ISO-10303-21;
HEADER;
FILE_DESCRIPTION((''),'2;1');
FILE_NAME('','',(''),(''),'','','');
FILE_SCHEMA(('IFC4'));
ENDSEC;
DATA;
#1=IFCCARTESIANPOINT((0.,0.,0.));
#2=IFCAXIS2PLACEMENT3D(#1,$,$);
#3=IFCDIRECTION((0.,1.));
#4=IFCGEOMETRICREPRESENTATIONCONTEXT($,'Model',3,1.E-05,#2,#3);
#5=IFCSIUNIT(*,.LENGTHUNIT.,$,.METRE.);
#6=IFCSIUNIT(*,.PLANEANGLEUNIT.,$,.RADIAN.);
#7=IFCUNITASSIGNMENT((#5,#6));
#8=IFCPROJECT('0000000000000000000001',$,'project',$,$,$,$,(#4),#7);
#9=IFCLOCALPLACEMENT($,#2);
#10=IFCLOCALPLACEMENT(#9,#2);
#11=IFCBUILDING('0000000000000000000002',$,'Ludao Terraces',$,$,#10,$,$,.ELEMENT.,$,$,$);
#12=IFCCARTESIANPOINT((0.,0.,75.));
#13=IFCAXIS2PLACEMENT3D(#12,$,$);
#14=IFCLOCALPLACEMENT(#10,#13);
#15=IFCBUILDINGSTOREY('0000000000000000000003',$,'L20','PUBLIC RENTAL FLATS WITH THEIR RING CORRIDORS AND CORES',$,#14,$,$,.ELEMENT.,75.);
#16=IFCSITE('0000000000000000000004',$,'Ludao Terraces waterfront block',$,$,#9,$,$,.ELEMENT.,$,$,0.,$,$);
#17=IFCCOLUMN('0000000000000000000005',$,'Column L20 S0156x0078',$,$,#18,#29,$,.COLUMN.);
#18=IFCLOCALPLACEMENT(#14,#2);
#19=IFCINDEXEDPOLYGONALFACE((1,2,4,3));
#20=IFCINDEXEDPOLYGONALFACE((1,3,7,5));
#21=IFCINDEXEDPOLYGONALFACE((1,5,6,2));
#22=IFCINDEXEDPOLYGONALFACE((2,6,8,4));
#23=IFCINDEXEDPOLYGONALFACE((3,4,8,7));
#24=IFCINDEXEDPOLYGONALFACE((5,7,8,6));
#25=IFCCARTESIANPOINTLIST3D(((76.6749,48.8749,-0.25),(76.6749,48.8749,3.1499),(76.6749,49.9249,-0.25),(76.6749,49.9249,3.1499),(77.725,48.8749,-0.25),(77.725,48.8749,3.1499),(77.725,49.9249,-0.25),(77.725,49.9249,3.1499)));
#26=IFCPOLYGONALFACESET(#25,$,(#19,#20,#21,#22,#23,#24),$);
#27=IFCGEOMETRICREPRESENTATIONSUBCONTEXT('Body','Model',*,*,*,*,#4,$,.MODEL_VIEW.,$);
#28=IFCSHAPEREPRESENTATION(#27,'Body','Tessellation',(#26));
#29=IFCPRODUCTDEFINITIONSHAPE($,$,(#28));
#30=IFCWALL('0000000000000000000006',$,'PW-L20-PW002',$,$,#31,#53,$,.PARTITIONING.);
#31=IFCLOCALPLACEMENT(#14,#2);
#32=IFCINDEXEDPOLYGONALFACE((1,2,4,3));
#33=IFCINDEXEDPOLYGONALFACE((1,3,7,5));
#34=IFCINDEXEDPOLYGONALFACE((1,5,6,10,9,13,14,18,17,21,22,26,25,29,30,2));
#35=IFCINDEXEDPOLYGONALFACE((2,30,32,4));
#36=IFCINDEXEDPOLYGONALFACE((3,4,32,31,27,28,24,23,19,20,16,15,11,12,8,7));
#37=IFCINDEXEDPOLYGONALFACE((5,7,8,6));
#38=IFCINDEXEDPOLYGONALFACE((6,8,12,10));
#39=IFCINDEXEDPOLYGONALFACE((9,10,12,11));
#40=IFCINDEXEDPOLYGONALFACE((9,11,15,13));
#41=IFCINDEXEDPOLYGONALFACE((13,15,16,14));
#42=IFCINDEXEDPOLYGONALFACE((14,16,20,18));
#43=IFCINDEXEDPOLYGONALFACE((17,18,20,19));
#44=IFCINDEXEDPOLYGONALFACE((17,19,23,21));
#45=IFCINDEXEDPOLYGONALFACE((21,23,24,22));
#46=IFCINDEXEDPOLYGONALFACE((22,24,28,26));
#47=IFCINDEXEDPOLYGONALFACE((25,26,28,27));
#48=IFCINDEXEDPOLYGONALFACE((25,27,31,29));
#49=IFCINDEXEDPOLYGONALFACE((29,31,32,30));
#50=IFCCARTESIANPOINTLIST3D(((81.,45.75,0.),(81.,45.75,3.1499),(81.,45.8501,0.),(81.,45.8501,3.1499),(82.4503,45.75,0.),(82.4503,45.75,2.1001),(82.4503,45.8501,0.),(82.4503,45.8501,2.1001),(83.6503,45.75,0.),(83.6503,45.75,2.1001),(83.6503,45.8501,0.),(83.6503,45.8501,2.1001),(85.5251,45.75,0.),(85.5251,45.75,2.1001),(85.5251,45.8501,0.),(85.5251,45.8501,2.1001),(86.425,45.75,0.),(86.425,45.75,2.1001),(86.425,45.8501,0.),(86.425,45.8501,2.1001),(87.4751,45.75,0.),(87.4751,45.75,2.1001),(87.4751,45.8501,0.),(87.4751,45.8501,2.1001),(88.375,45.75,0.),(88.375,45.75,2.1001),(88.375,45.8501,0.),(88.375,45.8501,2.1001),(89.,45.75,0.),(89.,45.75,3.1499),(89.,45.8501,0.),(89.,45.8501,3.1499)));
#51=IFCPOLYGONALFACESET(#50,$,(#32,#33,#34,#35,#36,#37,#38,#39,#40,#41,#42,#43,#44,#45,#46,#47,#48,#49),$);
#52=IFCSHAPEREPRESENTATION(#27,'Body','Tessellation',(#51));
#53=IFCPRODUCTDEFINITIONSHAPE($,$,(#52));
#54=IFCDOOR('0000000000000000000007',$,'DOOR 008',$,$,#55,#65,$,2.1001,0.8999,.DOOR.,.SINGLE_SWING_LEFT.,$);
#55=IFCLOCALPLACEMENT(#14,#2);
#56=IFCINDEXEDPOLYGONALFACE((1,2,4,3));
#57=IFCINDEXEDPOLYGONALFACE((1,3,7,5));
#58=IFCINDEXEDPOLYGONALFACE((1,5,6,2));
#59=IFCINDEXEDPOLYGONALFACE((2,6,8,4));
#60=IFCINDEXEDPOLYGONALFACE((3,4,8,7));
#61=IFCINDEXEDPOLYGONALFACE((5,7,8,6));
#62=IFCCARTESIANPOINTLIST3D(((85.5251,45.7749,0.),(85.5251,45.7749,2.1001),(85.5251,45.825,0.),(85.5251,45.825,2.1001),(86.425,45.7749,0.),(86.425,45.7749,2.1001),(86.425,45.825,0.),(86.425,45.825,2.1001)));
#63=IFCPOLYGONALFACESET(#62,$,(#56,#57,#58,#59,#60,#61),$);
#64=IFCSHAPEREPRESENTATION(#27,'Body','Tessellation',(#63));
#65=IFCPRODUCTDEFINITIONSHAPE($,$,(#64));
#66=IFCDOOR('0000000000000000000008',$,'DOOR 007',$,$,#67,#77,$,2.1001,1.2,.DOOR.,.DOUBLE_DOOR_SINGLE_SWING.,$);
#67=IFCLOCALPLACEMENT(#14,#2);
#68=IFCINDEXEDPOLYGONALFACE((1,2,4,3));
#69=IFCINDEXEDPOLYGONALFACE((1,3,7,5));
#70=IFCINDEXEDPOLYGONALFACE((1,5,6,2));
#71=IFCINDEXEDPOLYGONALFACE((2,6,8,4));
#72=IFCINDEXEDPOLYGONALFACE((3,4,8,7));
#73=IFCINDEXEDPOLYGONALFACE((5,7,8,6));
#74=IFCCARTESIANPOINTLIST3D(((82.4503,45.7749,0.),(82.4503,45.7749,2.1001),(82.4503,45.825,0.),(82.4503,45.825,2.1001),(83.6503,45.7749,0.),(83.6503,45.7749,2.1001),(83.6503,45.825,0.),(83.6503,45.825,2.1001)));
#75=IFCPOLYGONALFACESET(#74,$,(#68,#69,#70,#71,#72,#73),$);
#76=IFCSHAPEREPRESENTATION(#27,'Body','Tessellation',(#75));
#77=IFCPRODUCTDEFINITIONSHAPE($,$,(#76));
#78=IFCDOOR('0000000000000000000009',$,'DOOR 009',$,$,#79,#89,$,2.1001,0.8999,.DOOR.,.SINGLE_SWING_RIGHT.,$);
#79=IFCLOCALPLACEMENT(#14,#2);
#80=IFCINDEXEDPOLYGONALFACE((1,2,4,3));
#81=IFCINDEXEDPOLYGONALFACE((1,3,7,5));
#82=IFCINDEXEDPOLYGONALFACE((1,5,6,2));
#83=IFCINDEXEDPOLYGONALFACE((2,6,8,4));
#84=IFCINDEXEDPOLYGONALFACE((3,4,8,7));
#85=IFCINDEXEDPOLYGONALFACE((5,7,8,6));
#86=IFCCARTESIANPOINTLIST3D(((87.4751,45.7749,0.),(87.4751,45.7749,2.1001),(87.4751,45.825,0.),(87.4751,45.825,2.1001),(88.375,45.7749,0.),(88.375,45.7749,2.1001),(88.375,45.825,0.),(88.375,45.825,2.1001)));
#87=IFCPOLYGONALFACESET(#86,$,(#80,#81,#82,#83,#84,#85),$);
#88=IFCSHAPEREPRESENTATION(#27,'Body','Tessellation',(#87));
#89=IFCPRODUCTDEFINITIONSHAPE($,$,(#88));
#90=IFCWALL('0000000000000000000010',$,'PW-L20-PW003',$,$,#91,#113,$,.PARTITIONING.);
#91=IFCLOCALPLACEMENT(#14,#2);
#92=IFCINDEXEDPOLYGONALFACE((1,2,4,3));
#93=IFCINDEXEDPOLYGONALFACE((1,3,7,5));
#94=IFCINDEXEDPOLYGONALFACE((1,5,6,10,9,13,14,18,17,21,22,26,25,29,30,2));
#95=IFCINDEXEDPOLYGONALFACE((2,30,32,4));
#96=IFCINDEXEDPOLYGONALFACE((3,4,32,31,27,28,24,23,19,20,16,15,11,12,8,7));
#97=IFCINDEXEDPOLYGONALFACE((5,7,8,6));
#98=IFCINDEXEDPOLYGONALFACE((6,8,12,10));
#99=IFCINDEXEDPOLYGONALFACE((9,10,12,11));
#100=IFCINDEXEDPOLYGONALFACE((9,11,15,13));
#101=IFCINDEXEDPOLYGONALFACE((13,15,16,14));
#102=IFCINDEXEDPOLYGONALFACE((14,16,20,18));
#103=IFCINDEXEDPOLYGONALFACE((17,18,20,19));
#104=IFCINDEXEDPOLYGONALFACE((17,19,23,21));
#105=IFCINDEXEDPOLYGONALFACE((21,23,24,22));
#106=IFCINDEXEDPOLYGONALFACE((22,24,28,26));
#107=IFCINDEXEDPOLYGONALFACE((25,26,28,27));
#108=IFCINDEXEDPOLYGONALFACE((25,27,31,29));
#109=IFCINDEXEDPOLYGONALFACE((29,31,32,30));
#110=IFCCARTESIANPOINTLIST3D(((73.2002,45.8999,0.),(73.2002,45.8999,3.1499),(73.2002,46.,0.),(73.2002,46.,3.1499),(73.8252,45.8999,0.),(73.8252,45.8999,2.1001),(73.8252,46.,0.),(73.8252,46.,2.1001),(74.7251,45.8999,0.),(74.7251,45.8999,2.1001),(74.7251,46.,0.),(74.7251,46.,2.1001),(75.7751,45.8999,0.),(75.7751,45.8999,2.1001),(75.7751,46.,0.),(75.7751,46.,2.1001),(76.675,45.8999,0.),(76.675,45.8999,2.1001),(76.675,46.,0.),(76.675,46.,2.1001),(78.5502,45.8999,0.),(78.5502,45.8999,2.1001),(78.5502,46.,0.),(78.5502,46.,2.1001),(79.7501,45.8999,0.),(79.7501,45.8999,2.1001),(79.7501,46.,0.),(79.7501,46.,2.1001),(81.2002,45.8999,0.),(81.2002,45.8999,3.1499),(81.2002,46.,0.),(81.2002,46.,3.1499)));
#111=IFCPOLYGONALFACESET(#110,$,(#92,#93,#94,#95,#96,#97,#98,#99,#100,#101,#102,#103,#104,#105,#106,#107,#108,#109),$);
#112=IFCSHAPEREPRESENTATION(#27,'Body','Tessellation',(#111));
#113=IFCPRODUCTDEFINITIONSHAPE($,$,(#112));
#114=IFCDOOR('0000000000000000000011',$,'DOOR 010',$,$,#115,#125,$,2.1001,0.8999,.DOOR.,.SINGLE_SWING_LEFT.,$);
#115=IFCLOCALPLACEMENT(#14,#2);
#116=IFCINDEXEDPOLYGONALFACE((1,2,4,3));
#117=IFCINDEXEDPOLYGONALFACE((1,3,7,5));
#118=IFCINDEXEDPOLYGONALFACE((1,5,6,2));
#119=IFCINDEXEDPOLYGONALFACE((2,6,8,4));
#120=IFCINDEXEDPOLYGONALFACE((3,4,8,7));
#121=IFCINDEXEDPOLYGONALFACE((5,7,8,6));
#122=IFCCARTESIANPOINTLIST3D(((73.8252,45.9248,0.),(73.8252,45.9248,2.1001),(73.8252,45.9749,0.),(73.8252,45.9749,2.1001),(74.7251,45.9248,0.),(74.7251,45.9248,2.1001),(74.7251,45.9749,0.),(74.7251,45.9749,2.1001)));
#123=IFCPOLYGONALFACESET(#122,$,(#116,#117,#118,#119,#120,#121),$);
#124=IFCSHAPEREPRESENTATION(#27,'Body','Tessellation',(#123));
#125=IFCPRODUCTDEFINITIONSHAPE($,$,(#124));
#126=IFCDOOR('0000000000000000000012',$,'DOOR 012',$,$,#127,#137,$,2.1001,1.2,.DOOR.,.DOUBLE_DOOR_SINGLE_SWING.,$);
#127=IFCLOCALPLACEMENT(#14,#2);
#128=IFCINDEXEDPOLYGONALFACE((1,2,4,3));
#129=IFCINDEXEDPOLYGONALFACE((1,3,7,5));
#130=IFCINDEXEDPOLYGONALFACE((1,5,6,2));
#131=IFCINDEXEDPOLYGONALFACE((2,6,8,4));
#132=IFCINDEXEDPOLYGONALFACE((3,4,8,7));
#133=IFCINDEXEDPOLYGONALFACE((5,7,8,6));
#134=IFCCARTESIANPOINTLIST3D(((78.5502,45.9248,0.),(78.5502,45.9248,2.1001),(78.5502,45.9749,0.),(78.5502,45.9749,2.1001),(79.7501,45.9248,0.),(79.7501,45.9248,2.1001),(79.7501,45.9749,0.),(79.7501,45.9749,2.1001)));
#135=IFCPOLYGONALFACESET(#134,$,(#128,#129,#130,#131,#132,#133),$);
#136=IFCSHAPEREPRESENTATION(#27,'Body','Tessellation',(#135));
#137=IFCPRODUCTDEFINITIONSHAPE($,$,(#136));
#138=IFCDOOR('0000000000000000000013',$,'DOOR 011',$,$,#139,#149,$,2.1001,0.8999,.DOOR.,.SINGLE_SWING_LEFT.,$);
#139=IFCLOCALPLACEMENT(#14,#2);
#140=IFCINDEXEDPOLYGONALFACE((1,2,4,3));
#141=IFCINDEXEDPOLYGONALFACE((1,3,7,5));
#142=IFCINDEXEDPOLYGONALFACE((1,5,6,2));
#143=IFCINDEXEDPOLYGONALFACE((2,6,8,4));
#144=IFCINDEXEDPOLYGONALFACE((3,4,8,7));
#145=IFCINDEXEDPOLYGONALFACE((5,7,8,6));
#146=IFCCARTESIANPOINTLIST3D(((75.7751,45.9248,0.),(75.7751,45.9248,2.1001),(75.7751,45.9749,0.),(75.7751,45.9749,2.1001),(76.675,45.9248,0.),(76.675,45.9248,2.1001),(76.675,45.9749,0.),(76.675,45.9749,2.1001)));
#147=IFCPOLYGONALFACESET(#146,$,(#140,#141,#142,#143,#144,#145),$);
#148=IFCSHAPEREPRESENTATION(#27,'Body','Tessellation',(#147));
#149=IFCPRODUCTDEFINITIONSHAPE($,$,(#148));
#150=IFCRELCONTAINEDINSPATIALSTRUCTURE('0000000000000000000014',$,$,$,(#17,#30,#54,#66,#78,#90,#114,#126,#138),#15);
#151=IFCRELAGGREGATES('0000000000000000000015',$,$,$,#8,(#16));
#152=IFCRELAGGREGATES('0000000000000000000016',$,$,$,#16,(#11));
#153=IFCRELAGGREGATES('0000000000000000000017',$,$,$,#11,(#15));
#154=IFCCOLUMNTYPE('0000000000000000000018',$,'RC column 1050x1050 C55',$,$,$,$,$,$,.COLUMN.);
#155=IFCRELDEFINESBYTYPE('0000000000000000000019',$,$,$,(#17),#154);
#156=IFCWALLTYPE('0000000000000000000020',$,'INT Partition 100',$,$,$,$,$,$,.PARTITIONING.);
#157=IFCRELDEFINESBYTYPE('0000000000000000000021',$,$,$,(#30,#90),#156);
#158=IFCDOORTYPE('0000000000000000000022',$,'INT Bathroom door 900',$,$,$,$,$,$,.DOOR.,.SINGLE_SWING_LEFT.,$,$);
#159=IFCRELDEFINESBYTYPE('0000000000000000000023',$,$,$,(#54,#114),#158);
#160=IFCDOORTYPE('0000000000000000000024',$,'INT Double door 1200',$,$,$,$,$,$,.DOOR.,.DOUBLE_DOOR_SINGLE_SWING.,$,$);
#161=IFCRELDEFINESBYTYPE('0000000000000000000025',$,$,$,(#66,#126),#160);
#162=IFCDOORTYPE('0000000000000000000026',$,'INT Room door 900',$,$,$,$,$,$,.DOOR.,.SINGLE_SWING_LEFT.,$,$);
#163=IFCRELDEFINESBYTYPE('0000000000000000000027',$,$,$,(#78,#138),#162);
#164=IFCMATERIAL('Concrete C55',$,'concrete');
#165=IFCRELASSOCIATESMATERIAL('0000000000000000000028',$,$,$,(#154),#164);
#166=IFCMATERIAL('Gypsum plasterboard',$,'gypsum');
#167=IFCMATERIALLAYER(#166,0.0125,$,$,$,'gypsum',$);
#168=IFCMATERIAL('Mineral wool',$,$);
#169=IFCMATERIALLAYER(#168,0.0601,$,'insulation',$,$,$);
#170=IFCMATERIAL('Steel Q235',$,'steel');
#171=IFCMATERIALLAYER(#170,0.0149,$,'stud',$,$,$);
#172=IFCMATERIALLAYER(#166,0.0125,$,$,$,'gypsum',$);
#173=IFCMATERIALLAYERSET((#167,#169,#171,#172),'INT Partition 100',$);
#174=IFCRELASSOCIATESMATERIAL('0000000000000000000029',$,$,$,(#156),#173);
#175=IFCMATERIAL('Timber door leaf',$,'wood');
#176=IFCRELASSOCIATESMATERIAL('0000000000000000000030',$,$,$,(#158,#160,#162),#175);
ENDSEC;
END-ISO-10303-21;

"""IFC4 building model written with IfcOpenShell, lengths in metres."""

from ifc_helpers import new_model, si_unit, direction, frame, frame_2d, origin, origin_2d, place, context, subcontext, project, spatial, rectangle, extrude, material, layer, layer_set, material_profile, profile_set, type_object, element, fill, save


model = new_model("IFC4")

# Units and contexts
model_context = context("Model", 3, precision=1e-05, world=origin(), true_north=direction((0.0, 1.0)))
body_context = subcontext(model_context, "Body", "Model", "MODEL_VIEW")
ifc_project = project(units=[si_unit("LENGTHUNIT", "METRE"), si_unit("PLANEANGLEUNIT", "RADIAN")], contexts=[model_context])

# Site, building, storey
site_placement = place(None, origin())
site = spatial("IfcSite", under=ifc_project, at=site_placement, Name="Ludao Terraces waterfront block", CompositionType="ELEMENT", RefElevation=0.0)
building_placement = place(site_placement, origin())
building = spatial("IfcBuilding", under=site, at=building_placement, Name="Ludao Terraces", CompositionType="ELEMENT")
storey_placement = place(building_placement, frame((0.0, 0.0, 75.0)))
storey = spatial("IfcBuildingStorey", under=building, at=storey_placement, Name="L20", Description="PUBLIC RENTAL FLATS WITH THEIR RING CORRIDORS AND CORES", CompositionType="ELEMENT", Elevation=75.0)

# Column
ifc_material_1 = material(Name="Concrete C55", Category="concrete")
ifc_material_profile = material_profile(ifc_material_1, rectangle(XDim=1.05, YDim=1.05, at=origin_2d()), Name="1050 X 1050")
ifc_profile_set = profile_set([ifc_material_profile], Name="Concrete C55")
column_type = type_object("IfcColumnType", Name="RC column 1050x1050 C55", PredefinedType="COLUMN", material=ifc_profile_set)
column_placement = place(storey_placement, frame((77.2, 49.3999, -0.25), z_axis=(0.0, 0.0, 1.0), x_axis=(1.0, 0.0, 0.0)))
element("IfcColumn", 1, at=column_placement, inside=storey, type_object=column_type, Name="Column L20 S0156x0078", PredefinedType="COLUMN", context=body_context, shape_type="SweptSolid", body=[
    extrude(rectangle(XDim=1.05, YDim=1.05, at=origin_2d()), origin(), (0.0, 0.0, 1.0), 3.3999),
])

# Walls, openings, doors
ifc_material_2 = material(Name="Gypsum plasterboard", Category="gypsum")
ifc_layer_1 = layer(ifc_material_2, 0.0125, Category="gypsum")
ifc_material_3 = material(Name="Mineral wool")
ifc_layer_2 = layer(ifc_material_3, 0.0601, Name="insulation")
ifc_material_4 = material(Name="Steel Q235", Category="steel")
ifc_layer_3 = layer(ifc_material_4, 0.0149, Name="stud")
ifc_layer_4 = layer(ifc_material_2, 0.0125, Category="gypsum")
ifc_layer_set_1 = layer_set([ifc_layer_1, ifc_layer_2, ifc_layer_3, ifc_layer_4], Name="INT Partition 100")
wall_type_1 = type_object("IfcWallType", Name="INT Partition 100", PredefinedType="PARTITIONING", material=ifc_layer_set_1)
wall_1_placement = place(storey_placement, frame((81.0, 45.8, 0.0), z_axis=(0.0, 0.0, 1.0), x_axis=(1.0, 0.0, 0.0)))
wall_1 = element("IfcWall", 2, at=wall_1_placement, inside=storey, type_object=wall_type_1, Name="PW-L20-PW002", PredefinedType="PARTITIONING", context=body_context, shape_type="SweptSolid", body=[
    extrude(rectangle(XDim=8.0, YDim=0.1001, at=frame_2d((4.0, 0.0))), origin(), (0.0, 0.0, 1.0), 3.1499),
])
opening_1_placement = place(wall_1_placement, frame((1.4502, 0.0, 0.0)))
opening_1 = element("IfcOpeningElement", 3, at=opening_1_placement, cuts=wall_1, PredefinedType="OPENING", context=body_context, shape_type="SweptSolid", body=[
    extrude(rectangle(XDim=1.2, YDim=2.1001, at=frame_2d((0.6001, 1.05))), frame((0.0, 0.0601, 0.0), z_axis=(0.0, -1.0, 0.0), x_axis=(1.0, 0.0, 0.0)), (0.0, 0.0, 1.0), 0.1201),
])
opening_2_placement = place(wall_1_placement, frame((4.5251, 0.0, 0.0)))
opening_2 = element("IfcOpeningElement", 4, at=opening_2_placement, cuts=wall_1, PredefinedType="OPENING", context=body_context, shape_type="SweptSolid", body=[
    extrude(rectangle(XDim=0.8999, YDim=2.1001, at=frame_2d((0.45, 1.05))), frame((0.0, 0.0601, 0.0), z_axis=(0.0, -1.0, 0.0), x_axis=(1.0, 0.0, 0.0)), (0.0, 0.0, 1.0), 0.1201),
])
opening_3_placement = place(wall_1_placement, frame((6.4751, 0.0, 0.0)))
opening_3 = element("IfcOpeningElement", 5, at=opening_3_placement, cuts=wall_1, PredefinedType="OPENING", context=body_context, shape_type="SweptSolid", body=[
    extrude(rectangle(XDim=0.8999, YDim=2.1001, at=frame_2d((0.45, 1.05))), frame((0.0, 0.0601, 0.0), z_axis=(0.0, -1.0, 0.0), x_axis=(1.0, 0.0, 0.0)), (0.0, 0.0, 1.0), 0.1201),
])
ifc_material_5 = material(Name="Timber door leaf", Category="wood")
door_type_1 = type_object("IfcDoorType", Name="INT Bathroom door 900", OperationType="SINGLE_SWING_LEFT", PredefinedType="DOOR", material=ifc_material_5)
door_1_placement = place(opening_2_placement, origin())
door_1 = element("IfcDoor", 6, at=door_1_placement, inside=storey, type_object=door_type_1, Name="DOOR 008", OperationType="SINGLE_SWING_LEFT", OverallHeight=2.1001, OverallWidth=0.8999, PredefinedType="DOOR", context=body_context, shape_type="SweptSolid", body=[
    extrude(rectangle(XDim=0.8999, YDim=2.1001, at=frame_2d((0.45, 1.05))), frame((0.0, 0.0249, 0.0), z_axis=(0.0, -1.0, 0.0), x_axis=(1.0, 0.0, 0.0)), (0.0, 0.0, 1.0), 0.05),
])
fill(opening_2, door_1)
door_type_2 = type_object("IfcDoorType", Name="INT Double door 1200", OperationType="DOUBLE_DOOR_SINGLE_SWING", PredefinedType="DOOR", material=ifc_material_5)
door_2_placement = place(opening_1_placement, origin())
door_2 = element("IfcDoor", 7, at=door_2_placement, inside=storey, type_object=door_type_2, Name="DOOR 007", OperationType="DOUBLE_DOOR_SINGLE_SWING", OverallHeight=2.1001, OverallWidth=1.2, PredefinedType="DOOR", context=body_context, shape_type="SweptSolid", body=[
    extrude(rectangle(XDim=1.2, YDim=2.1001, at=frame_2d((0.6001, 1.05))), frame((0.0, 0.0249, 0.0), z_axis=(0.0, -1.0, 0.0), x_axis=(1.0, 0.0, 0.0)), (0.0, 0.0, 1.0), 0.05),
])
fill(opening_1, door_2)
door_type_3 = type_object("IfcDoorType", Name="INT Room door 900", OperationType="SINGLE_SWING_LEFT", PredefinedType="DOOR", material=ifc_material_5)
door_3_placement = place(opening_3_placement, origin())
door_3 = element("IfcDoor", 8, at=door_3_placement, inside=storey, type_object=door_type_3, Name="DOOR 009", OperationType="SINGLE_SWING_RIGHT", OverallHeight=2.1001, OverallWidth=0.8999, PredefinedType="DOOR", context=body_context, shape_type="SweptSolid", body=[
    extrude(rectangle(XDim=0.8999, YDim=2.1001, at=frame_2d((0.45, 1.05))), frame((0.0, 0.0249, 0.0), z_axis=(0.0, -1.0, 0.0), x_axis=(1.0, 0.0, 0.0)), (0.0, 0.0, 1.0), 0.05),
])
fill(opening_3, door_3)
wall_2_placement = place(storey_placement, frame((73.2002, 45.95, 0.0), z_axis=(0.0, 0.0, 1.0), x_axis=(1.0, 0.0, 0.0)))
wall_2 = element("IfcWall", 9, at=wall_2_placement, inside=storey, type_object=wall_type_1, Name="PW-L20-PW003", PredefinedType="PARTITIONING", context=body_context, shape_type="SweptSolid", body=[
    extrude(rectangle(XDim=8.0, YDim=0.1001, at=frame_2d((4.0, 0.0))), origin(), (0.0, 0.0, 1.0), 3.1499),
])
opening_4_placement = place(wall_2_placement, frame((0.625, 0.0, 0.0)))
opening_4 = element("IfcOpeningElement", 10, at=opening_4_placement, cuts=wall_2, PredefinedType="OPENING", context=body_context, shape_type="SweptSolid", body=[
    extrude(rectangle(XDim=0.8999, YDim=2.1001, at=frame_2d((0.45, 1.05))), frame((0.0, 0.0601, 0.0), z_axis=(0.0, -1.0, 0.0), x_axis=(1.0, 0.0, 0.0)), (0.0, 0.0, 1.0), 0.1201),
])
opening_5_placement = place(wall_2_placement, frame((2.575, 0.0, 0.0)))
opening_5 = element("IfcOpeningElement", 11, at=opening_5_placement, cuts=wall_2, PredefinedType="OPENING", context=body_context, shape_type="SweptSolid", body=[
    extrude(rectangle(XDim=0.8999, YDim=2.1001, at=frame_2d((0.45, 1.05))), frame((0.0, 0.0601, 0.0), z_axis=(0.0, -1.0, 0.0), x_axis=(1.0, 0.0, 0.0)), (0.0, 0.0, 1.0), 0.1201),
])
opening_6_placement = place(wall_2_placement, frame((5.3499, 0.0, 0.0)))
opening_6 = element("IfcOpeningElement", 12, at=opening_6_placement, cuts=wall_2, PredefinedType="OPENING", context=body_context, shape_type="SweptSolid", body=[
    extrude(rectangle(XDim=1.2, YDim=2.1001, at=frame_2d((0.6001, 1.05))), frame((0.0, 0.0601, 0.0), z_axis=(0.0, -1.0, 0.0), x_axis=(1.0, 0.0, 0.0)), (0.0, 0.0, 1.0), 0.1201),
])
door_4_placement = place(opening_4_placement, origin())
door_4 = element("IfcDoor", 13, at=door_4_placement, inside=storey, type_object=door_type_1, Name="DOOR 010", OperationType="SINGLE_SWING_LEFT", OverallHeight=2.1001, OverallWidth=0.8999, PredefinedType="DOOR", context=body_context, shape_type="SweptSolid", body=[
    extrude(rectangle(XDim=0.8999, YDim=2.1001, at=frame_2d((0.45, 1.05))), frame((0.0, 0.0249, 0.0), z_axis=(0.0, -1.0, 0.0), x_axis=(1.0, 0.0, 0.0)), (0.0, 0.0, 1.0), 0.05),
])
fill(opening_4, door_4)
door_5_placement = place(opening_6_placement, origin())
door_5 = element("IfcDoor", 14, at=door_5_placement, inside=storey, type_object=door_type_2, Name="DOOR 012", OperationType="DOUBLE_DOOR_SINGLE_SWING", OverallHeight=2.1001, OverallWidth=1.2, PredefinedType="DOOR", context=body_context, shape_type="SweptSolid", body=[
    extrude(rectangle(XDim=1.2, YDim=2.1001, at=frame_2d((0.6001, 1.05))), frame((0.0, 0.0249, 0.0), z_axis=(0.0, -1.0, 0.0), x_axis=(1.0, 0.0, 0.0)), (0.0, 0.0, 1.0), 0.05),
])
fill(opening_6, door_5)
door_6_placement = place(opening_5_placement, origin())
door_6 = element("IfcDoor", 15, at=door_6_placement, inside=storey, type_object=door_type_3, Name="DOOR 011", OperationType="SINGLE_SWING_LEFT", OverallHeight=2.1001, OverallWidth=0.8999, PredefinedType="DOOR", context=body_context, shape_type="SweptSolid", body=[
    extrude(rectangle(XDim=0.8999, YDim=2.1001, at=frame_2d((0.45, 1.05))), frame((0.0, 0.0249, 0.0), z_axis=(0.0, -1.0, 0.0), x_axis=(1.0, 0.0, 0.0)), (0.0, 0.0, 1.0), 0.05),
])
fill(opening_5, door_6)

save(model, "model.ifc")
